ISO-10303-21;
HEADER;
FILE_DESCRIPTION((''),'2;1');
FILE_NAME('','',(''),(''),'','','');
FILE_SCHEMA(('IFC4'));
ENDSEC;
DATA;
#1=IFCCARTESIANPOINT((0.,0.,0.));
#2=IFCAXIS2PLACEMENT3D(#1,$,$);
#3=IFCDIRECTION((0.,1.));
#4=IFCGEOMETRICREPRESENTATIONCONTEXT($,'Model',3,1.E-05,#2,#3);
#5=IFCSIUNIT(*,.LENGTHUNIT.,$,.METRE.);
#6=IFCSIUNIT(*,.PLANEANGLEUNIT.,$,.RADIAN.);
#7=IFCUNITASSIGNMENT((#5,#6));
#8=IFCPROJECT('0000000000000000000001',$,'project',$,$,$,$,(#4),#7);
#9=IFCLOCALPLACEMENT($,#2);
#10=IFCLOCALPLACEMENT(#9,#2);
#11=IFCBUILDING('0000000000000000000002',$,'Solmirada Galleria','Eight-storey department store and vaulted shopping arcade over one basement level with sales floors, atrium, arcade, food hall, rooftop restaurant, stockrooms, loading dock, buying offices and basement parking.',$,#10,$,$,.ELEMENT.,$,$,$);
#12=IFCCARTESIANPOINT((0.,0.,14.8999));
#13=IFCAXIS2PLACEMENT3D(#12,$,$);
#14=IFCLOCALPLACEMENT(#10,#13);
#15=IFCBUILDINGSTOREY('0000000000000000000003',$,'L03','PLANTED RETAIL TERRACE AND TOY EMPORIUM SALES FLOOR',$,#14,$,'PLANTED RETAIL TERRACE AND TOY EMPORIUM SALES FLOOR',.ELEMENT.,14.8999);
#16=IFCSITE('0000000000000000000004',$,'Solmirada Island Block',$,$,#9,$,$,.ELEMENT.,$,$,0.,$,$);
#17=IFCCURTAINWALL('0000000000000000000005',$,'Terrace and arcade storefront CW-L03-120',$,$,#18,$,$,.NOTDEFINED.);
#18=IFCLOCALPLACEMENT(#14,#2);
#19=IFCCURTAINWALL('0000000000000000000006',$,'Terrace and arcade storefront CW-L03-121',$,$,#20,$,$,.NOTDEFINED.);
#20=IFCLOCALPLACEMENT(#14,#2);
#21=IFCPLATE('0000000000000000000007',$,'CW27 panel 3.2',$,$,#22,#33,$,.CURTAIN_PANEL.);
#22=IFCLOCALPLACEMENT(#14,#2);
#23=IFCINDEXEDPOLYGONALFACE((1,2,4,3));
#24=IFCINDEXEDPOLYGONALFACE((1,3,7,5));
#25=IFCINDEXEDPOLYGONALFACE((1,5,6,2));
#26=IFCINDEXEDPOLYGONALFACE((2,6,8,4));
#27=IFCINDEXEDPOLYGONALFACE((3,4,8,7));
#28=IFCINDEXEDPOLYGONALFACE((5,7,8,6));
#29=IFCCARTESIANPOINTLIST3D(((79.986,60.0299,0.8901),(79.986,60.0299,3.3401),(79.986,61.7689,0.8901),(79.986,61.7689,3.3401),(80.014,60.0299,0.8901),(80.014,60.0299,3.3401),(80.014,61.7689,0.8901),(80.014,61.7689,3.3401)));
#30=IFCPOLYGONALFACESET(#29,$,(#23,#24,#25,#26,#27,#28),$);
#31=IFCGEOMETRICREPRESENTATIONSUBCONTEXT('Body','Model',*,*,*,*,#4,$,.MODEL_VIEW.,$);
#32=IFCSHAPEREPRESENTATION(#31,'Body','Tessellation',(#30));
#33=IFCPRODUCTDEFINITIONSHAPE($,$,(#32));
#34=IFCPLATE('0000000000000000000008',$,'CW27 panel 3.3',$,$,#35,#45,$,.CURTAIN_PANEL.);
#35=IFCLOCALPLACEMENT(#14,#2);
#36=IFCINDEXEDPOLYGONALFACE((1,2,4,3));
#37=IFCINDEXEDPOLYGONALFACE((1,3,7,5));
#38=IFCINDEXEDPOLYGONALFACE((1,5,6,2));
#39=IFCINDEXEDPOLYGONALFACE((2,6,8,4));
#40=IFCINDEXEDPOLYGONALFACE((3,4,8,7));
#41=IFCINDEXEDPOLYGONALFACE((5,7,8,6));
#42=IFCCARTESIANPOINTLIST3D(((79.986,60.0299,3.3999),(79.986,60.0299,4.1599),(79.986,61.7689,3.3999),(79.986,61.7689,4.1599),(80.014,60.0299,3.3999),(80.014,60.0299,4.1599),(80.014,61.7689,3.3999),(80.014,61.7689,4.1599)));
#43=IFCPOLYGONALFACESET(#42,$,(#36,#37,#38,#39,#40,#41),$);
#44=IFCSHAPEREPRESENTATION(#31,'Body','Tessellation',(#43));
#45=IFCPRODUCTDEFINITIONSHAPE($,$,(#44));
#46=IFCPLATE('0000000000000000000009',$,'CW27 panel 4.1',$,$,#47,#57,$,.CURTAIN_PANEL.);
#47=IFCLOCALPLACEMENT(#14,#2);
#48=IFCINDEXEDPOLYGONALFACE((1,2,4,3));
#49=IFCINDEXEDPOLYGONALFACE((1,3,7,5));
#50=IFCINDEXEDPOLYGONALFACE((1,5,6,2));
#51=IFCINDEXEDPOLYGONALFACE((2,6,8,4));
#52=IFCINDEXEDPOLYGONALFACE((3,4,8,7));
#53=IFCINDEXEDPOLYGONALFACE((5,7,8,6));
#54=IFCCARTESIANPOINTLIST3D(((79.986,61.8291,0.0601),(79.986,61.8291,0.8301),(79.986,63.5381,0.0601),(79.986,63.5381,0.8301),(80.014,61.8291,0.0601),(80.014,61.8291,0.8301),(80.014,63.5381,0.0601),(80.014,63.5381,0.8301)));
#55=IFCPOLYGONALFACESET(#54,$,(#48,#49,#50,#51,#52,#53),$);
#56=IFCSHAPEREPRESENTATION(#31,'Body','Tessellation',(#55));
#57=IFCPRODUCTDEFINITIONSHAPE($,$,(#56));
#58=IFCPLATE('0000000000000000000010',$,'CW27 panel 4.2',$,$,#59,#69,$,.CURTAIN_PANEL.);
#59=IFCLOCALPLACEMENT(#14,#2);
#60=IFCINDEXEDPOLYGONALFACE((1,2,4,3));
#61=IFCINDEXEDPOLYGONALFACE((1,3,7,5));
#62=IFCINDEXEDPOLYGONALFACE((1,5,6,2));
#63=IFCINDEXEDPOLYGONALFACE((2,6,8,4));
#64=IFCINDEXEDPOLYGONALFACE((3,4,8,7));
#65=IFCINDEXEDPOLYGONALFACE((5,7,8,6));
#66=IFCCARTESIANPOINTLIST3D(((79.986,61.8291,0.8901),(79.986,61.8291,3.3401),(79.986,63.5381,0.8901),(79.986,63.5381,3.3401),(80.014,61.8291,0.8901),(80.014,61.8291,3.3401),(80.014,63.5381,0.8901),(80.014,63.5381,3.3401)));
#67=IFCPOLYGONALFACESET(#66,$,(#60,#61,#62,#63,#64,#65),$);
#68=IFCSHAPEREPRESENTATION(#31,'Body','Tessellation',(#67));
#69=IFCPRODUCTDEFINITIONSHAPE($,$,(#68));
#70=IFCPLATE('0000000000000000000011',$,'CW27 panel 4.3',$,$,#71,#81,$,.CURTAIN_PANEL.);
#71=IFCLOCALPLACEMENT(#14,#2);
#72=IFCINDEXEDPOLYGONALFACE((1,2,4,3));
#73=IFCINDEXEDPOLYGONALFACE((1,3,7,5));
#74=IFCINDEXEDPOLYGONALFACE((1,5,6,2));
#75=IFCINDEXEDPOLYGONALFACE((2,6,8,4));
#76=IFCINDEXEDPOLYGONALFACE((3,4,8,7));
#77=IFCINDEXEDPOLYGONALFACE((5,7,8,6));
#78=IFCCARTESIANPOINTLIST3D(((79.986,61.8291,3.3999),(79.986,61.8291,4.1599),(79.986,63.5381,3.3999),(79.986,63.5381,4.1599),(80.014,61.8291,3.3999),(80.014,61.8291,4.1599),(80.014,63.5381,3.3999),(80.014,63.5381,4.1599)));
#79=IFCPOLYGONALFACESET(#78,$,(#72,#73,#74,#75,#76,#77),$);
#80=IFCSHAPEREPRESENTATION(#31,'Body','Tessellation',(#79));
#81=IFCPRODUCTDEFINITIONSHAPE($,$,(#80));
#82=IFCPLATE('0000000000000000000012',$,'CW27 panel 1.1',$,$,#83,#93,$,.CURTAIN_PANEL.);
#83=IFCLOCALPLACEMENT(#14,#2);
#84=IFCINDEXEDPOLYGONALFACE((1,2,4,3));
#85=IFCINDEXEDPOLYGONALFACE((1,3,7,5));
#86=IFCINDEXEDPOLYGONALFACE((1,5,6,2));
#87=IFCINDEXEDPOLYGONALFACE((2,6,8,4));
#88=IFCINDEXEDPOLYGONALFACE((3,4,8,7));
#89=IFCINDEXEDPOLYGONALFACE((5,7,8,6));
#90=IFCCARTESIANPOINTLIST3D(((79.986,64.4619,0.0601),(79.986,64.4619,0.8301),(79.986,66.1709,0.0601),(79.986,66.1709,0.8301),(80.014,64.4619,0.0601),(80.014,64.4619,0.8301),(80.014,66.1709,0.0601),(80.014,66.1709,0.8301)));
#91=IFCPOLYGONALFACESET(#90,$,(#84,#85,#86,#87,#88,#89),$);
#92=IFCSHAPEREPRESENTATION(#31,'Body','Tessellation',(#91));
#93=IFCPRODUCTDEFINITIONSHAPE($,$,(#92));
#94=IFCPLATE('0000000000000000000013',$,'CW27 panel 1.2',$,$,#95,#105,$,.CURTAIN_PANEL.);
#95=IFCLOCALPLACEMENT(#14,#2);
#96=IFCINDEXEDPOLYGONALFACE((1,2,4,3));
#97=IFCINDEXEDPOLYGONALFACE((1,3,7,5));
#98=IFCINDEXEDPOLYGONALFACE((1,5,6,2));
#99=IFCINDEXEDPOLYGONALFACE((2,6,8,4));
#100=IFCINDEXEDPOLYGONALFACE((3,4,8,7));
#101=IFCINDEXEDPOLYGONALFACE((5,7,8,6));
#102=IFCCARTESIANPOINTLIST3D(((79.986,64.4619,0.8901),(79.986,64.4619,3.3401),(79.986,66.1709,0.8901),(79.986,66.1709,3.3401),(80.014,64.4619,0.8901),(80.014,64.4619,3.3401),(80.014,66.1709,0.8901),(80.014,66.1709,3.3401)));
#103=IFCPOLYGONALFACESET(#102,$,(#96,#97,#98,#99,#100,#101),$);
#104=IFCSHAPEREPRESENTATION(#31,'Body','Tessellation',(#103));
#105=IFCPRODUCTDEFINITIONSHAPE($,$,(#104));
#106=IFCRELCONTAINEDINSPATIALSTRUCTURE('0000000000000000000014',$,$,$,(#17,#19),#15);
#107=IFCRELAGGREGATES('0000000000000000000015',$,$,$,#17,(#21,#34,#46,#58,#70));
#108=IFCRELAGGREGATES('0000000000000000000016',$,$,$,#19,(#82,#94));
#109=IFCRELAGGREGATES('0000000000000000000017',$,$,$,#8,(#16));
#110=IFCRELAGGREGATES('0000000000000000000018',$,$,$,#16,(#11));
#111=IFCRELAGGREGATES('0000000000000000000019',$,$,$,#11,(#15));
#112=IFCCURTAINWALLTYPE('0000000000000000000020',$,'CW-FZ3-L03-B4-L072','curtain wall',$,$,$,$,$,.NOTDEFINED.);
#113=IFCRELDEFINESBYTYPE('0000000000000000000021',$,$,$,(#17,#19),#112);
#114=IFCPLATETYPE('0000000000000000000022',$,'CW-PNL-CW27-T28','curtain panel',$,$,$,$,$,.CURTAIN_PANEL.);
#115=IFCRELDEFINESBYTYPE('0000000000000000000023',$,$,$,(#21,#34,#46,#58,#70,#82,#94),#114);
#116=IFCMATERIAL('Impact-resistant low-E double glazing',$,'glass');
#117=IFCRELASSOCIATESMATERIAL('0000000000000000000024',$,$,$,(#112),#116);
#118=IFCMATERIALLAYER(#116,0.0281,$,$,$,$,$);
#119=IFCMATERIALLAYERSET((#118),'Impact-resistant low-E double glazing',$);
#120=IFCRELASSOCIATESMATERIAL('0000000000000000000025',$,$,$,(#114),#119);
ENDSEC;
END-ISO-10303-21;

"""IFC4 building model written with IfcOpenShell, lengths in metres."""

from ifc_helpers import new_model, si_unit, direction, frame, origin, origin_2d, place, context, subcontext, project, spatial, rectangle, extrude, material, layer, layer_set, type_object, element, aggregate, save


model = new_model("IFC4")

# Units and contexts
model_context = context("Model", 3, precision=1e-05, world=origin(), true_north=direction((0.0, 1.0)))
body_context = subcontext(model_context, "Body", "Model", "MODEL_VIEW")
ifc_project = project(units=[si_unit("LENGTHUNIT", "METRE"), si_unit("PLANEANGLEUNIT", "RADIAN")], contexts=[model_context])

# Site, building, storey
site_placement = place(None, origin())
site = spatial("IfcSite", under=ifc_project, at=site_placement, Name="Solmirada Island Block", CompositionType="ELEMENT", RefElevation=0.0)
building_placement = place(site_placement, origin())
building = spatial("IfcBuilding", under=site, at=building_placement, Name="Solmirada Galleria", Description="Eight-storey department store and vaulted shopping arcade over one basement level with sales floors, atrium, arcade, food hall, rooftop restaurant, stockrooms, loading dock, buying offices and basement parking.", CompositionType="ELEMENT")
storey_placement = place(building_placement, frame((0.0, 0.0, 14.8999)))
storey = spatial("IfcBuildingStorey", under=building, at=storey_placement, Name="L03", Description="PLANTED RETAIL TERRACE AND TOY EMPORIUM SALES FLOOR", LongName="PLANTED RETAIL TERRACE AND TOY EMPORIUM SALES FLOOR", CompositionType="ELEMENT", Elevation=14.8999)

# Curtain wall
ifc_material_1 = material(Name="Impact-resistant low-E double glazing", Category="glass")
curtain_wall_type = type_object("IfcCurtainWallType", Name="CW-FZ3-L03-B4-L072", Description="curtain wall", PredefinedType="NOTDEFINED", material=ifc_material_1)
curtain_wall_1_placement = place(storey_placement, origin())
curtain_wall_1 = element("IfcCurtainWall", 1, at=curtain_wall_1_placement, inside=storey, type_object=curtain_wall_type, Name="Terrace and arcade storefront CW-L03-120", PredefinedType="NOTDEFINED")

# Curtain wall
curtain_wall_2_placement = place(storey_placement, origin())
curtain_wall_2 = element("IfcCurtainWall", 2, at=curtain_wall_2_placement, inside=storey, type_object=curtain_wall_type, Name="Terrace and arcade storefront CW-L03-121", PredefinedType="NOTDEFINED")

# Plates
ifc_layer = layer(ifc_material_1, 0.0281)
ifc_layer_set = layer_set([ifc_layer], Name="Impact-resistant low-E double glazing")
plate_type = type_object("IfcPlateType", Name="CW-PNL-CW27-T28", Description="curtain panel", PredefinedType="CURTAIN_PANEL", material=ifc_layer_set)
plate_1_placement = place(storey_placement, frame((80.0, 60.8994, 0.8901), z_axis=(0.0, 0.0, 1.0), x_axis=(0.0, 1.0, 0.0)))
plate_1 = element("IfcPlate", 3, at=plate_1_placement, type_object=plate_type, Name="CW27 panel 3.2", PredefinedType="CURTAIN_PANEL", context=body_context, shape_type="SweptSolid", body=[
    extrude(rectangle(XDim=1.739, YDim=0.0281, at=origin_2d()), origin(), (0.0, 0.0, 1.0), 2.45),
])
plate_2_placement = place(storey_placement, frame((80.0, 60.8994, 3.3999), z_axis=(0.0, 0.0, 1.0), x_axis=(0.0, 1.0, 0.0)))
plate_2 = element("IfcPlate", 4, at=plate_2_placement, type_object=plate_type, Name="CW27 panel 3.3", PredefinedType="CURTAIN_PANEL", context=body_context, shape_type="SweptSolid", body=[
    extrude(rectangle(XDim=1.739, YDim=0.0281, at=origin_2d()), origin(), (0.0, 0.0, 1.0), 0.76),
])
plate_3_placement = place(storey_placement, frame((80.0, 62.6836, 0.0601), z_axis=(0.0, 0.0, 1.0), x_axis=(0.0, 1.0, 0.0)))
plate_3 = element("IfcPlate", 5, at=plate_3_placement, type_object=plate_type, Name="CW27 panel 4.1", PredefinedType="CURTAIN_PANEL", context=body_context, shape_type="SweptSolid", body=[
    extrude(rectangle(XDim=1.709, YDim=0.0281, at=origin_2d()), origin(), (0.0, 0.0, 1.0), 0.77),
])
plate_4_placement = place(storey_placement, frame((80.0, 62.6836, 0.8901), z_axis=(0.0, 0.0, 1.0), x_axis=(0.0, 1.0, 0.0)))
plate_4 = element("IfcPlate", 6, at=plate_4_placement, type_object=plate_type, Name="CW27 panel 4.2", PredefinedType="CURTAIN_PANEL", context=body_context, shape_type="SweptSolid", body=[
    extrude(rectangle(XDim=1.709, YDim=0.0281, at=origin_2d()), origin(), (0.0, 0.0, 1.0), 2.45),
])
plate_5_placement = place(storey_placement, frame((80.0, 62.6836, 3.3999), z_axis=(0.0, 0.0, 1.0), x_axis=(0.0, 1.0, 0.0)))
plate_5 = element("IfcPlate", 7, at=plate_5_placement, type_object=plate_type, Name="CW27 panel 4.3", PredefinedType="CURTAIN_PANEL", context=body_context, shape_type="SweptSolid", body=[
    extrude(rectangle(XDim=1.709, YDim=0.0281, at=origin_2d()), origin(), (0.0, 0.0, 1.0), 0.76),
])
aggregate(curtain_wall_1, [plate_1, plate_2, plate_3, plate_4, plate_5])
plate_6_placement = place(storey_placement, frame((80.0, 65.3164, 0.0601), z_axis=(0.0, 0.0, 1.0), x_axis=(0.0, 1.0, 0.0)))
plate_6 = element("IfcPlate", 8, at=plate_6_placement, type_object=plate_type, Name="CW27 panel 1.1", PredefinedType="CURTAIN_PANEL", context=body_context, shape_type="SweptSolid", body=[
    extrude(rectangle(XDim=1.709, YDim=0.0281, at=origin_2d()), origin(), (0.0, 0.0, 1.0), 0.77),
])
plate_7_placement = place(storey_placement, frame((80.0, 65.3164, 0.8901), z_axis=(0.0, 0.0, 1.0), x_axis=(0.0, 1.0, 0.0)))
plate_7 = element("IfcPlate", 9, at=plate_7_placement, type_object=plate_type, Name="CW27 panel 1.2", PredefinedType="CURTAIN_PANEL", context=body_context, shape_type="SweptSolid", body=[
    extrude(rectangle(XDim=1.709, YDim=0.0281, at=origin_2d()), origin(), (0.0, 0.0, 1.0), 2.45),
])
aggregate(curtain_wall_2, [plate_6, plate_7])

save(model, "model.ifc")
